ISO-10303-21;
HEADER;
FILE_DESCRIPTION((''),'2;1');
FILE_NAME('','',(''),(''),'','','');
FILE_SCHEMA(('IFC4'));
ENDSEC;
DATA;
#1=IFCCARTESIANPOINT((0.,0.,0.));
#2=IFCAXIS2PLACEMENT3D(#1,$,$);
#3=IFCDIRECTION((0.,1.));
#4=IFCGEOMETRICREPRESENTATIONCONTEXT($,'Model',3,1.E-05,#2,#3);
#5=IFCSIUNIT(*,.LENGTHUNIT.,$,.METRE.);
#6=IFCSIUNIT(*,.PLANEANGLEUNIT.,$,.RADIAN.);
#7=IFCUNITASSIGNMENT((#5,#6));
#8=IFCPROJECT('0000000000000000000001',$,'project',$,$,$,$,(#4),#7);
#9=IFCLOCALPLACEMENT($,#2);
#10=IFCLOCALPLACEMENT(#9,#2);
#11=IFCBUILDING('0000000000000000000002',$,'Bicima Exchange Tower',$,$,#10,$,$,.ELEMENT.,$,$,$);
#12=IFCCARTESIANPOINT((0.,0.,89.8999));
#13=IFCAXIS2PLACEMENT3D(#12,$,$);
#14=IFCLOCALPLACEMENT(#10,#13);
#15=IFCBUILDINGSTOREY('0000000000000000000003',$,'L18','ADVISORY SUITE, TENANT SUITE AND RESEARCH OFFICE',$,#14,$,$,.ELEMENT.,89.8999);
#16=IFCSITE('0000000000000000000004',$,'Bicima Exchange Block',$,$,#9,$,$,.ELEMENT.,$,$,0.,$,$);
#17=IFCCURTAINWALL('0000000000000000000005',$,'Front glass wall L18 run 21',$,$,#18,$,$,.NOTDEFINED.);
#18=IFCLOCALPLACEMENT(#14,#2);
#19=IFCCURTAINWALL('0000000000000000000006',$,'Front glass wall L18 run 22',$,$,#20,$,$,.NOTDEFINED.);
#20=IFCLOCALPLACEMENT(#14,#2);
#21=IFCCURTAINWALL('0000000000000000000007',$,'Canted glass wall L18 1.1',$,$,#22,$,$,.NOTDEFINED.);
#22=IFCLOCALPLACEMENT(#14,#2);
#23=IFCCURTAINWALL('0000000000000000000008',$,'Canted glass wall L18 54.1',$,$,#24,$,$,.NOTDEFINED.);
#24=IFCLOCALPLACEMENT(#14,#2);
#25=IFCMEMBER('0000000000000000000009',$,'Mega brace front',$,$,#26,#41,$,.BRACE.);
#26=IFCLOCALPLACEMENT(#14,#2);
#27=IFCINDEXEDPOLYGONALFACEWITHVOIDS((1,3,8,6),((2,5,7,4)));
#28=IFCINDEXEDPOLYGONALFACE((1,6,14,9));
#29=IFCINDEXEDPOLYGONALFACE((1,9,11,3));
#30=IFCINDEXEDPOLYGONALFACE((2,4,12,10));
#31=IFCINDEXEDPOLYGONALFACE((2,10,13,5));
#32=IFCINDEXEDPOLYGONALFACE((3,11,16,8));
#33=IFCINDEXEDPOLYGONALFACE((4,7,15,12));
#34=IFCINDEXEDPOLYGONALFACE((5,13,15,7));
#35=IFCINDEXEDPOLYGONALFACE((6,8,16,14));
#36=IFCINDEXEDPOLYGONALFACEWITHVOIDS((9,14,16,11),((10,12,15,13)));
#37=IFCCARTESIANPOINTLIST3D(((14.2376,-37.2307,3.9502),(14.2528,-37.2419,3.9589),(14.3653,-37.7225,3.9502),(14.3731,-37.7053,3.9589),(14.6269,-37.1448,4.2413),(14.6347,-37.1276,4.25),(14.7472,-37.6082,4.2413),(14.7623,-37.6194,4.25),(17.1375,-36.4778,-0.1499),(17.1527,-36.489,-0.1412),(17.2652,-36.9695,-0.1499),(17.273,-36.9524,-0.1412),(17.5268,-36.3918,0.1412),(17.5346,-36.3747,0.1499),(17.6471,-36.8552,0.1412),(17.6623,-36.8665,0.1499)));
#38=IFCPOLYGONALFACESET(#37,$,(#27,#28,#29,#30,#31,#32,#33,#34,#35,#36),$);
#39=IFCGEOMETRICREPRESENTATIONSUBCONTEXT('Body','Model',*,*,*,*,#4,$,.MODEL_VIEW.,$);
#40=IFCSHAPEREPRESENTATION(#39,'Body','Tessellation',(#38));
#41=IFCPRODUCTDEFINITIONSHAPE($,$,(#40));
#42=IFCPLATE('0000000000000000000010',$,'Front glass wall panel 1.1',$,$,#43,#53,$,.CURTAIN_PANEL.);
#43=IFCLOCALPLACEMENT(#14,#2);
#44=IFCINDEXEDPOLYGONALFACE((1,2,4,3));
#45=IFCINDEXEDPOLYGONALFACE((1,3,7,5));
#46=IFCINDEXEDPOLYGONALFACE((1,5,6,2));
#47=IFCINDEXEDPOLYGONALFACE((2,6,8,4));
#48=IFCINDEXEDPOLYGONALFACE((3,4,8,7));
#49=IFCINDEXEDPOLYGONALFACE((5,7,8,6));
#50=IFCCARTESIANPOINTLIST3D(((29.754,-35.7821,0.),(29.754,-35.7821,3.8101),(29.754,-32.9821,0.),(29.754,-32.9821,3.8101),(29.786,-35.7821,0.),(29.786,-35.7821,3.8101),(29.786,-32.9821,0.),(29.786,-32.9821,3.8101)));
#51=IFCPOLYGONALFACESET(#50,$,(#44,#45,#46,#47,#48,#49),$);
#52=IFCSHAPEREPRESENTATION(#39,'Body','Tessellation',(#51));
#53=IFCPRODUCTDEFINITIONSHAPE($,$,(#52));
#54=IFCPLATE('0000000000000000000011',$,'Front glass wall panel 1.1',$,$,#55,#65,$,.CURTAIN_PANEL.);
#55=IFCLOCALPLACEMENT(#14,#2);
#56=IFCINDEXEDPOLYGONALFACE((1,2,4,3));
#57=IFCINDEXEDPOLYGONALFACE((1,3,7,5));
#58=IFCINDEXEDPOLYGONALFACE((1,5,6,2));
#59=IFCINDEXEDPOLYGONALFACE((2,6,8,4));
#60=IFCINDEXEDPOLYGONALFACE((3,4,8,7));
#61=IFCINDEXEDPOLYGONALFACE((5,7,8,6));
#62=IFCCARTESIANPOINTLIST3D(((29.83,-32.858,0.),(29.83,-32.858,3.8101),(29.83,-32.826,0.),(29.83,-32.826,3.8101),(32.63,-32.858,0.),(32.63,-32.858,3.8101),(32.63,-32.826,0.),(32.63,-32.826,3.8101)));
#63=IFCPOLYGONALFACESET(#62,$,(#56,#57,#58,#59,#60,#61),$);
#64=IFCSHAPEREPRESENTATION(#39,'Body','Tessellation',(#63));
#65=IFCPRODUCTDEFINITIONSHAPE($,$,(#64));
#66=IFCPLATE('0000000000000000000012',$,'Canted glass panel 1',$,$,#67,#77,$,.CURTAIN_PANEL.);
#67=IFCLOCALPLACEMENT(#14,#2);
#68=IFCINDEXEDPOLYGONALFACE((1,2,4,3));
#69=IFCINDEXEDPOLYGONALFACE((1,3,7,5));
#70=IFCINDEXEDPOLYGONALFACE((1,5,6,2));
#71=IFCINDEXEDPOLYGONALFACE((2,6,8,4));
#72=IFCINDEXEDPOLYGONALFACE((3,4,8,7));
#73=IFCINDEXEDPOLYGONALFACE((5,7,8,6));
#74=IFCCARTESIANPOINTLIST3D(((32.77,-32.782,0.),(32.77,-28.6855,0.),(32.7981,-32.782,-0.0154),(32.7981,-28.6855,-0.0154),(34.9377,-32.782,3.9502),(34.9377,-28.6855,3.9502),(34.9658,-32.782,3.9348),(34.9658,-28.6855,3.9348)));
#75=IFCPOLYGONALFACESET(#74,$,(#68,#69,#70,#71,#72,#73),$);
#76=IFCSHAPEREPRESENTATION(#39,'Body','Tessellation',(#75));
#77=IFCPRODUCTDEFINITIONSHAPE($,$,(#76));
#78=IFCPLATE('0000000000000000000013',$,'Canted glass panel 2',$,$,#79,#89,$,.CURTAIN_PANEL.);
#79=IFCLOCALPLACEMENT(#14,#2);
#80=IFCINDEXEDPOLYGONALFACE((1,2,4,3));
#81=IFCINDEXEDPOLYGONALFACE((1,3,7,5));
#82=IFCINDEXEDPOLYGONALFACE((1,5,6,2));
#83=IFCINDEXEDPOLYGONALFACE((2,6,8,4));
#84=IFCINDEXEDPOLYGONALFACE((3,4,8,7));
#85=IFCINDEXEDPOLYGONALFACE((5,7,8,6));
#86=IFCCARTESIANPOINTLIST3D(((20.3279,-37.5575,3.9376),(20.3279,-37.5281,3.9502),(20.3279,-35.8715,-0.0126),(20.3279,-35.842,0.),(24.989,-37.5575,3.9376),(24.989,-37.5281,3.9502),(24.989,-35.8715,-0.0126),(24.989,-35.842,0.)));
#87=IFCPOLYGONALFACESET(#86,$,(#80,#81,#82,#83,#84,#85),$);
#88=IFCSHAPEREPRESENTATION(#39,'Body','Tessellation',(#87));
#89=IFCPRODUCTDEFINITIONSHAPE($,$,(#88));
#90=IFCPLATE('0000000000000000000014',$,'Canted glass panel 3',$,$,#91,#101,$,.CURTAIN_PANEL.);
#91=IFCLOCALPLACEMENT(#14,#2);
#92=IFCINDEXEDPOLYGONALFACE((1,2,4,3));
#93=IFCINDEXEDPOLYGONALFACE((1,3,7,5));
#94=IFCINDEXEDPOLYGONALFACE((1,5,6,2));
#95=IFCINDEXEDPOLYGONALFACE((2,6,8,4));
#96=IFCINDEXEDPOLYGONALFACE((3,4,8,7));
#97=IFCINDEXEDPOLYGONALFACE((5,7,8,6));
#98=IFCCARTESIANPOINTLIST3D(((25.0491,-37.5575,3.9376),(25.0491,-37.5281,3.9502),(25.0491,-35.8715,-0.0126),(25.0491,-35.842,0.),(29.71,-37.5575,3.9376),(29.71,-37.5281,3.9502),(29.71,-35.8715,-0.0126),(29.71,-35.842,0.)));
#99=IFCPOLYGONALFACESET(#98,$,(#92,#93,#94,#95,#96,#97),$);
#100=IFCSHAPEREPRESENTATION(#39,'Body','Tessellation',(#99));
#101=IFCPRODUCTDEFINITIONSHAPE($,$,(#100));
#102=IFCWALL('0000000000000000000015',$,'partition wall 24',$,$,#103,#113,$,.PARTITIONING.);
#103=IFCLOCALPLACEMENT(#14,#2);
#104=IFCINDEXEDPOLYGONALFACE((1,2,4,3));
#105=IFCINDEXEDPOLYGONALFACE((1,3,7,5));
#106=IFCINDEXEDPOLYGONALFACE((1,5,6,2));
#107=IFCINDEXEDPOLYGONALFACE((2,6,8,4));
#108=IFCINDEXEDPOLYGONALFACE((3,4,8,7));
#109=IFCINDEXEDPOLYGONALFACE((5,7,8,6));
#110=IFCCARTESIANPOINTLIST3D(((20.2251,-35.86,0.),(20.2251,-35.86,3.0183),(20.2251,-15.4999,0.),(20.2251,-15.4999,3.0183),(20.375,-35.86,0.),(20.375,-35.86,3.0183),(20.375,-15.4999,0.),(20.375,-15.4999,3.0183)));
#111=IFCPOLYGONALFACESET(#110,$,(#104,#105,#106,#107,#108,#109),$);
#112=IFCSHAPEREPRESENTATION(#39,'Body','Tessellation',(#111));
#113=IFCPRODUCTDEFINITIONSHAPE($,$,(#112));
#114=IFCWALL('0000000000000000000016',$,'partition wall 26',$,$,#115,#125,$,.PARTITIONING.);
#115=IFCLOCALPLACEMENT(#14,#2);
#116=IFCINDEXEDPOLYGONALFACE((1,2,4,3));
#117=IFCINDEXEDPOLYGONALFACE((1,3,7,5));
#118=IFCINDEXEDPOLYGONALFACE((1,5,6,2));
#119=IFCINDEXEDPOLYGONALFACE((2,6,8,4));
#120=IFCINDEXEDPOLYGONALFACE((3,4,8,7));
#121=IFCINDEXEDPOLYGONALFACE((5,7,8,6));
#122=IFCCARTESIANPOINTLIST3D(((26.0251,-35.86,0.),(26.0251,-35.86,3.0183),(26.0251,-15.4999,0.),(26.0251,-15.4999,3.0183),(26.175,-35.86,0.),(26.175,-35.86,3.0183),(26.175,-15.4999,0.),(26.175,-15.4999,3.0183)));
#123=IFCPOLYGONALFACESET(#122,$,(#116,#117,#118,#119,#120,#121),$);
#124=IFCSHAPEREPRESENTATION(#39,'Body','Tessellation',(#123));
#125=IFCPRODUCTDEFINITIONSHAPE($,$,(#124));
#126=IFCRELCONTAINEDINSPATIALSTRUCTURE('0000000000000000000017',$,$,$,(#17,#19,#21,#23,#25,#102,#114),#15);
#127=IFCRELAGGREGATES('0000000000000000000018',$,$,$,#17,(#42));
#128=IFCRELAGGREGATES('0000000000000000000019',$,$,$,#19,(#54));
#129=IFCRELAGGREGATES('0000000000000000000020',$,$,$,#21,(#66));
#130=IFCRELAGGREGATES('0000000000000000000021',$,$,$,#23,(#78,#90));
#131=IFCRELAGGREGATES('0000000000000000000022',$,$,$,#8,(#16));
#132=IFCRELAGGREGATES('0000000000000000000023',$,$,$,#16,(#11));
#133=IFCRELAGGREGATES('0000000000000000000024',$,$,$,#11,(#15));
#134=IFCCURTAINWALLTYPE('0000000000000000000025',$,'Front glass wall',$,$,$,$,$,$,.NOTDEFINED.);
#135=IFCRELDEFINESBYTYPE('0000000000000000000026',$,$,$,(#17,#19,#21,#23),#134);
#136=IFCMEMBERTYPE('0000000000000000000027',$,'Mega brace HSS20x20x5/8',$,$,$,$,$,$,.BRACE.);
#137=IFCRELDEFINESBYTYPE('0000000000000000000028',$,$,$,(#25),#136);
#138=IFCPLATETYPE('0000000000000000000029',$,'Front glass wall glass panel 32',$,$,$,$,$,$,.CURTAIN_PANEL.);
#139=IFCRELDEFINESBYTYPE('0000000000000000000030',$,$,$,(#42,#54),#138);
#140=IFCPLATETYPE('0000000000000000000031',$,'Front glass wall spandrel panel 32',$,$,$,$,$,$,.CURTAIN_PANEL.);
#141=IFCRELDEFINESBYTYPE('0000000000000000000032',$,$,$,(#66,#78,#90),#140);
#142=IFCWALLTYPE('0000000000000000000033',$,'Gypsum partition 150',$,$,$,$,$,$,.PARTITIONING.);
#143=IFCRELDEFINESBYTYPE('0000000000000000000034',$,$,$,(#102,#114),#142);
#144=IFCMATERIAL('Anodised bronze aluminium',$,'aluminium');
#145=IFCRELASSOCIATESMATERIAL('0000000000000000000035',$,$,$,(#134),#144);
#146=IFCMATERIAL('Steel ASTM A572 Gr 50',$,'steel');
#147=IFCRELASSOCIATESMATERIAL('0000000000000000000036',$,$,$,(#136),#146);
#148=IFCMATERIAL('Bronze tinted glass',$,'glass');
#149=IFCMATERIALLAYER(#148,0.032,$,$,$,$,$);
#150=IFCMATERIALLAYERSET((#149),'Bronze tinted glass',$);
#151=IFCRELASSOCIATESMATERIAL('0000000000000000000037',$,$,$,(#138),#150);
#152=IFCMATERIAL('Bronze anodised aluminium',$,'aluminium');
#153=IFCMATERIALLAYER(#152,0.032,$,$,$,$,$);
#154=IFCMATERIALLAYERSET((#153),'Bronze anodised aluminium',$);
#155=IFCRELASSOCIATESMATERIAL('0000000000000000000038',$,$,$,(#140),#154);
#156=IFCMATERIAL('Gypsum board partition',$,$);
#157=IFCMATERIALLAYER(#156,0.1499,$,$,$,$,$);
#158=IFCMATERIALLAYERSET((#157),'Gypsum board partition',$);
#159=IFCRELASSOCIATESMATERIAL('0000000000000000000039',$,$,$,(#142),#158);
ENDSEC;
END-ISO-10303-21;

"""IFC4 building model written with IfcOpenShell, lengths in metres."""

from ifc_helpers import new_model, si_unit, direction, frame, frame_2d, origin, origin_2d, place, context, subcontext, project, spatial, polyline, rectangle, hollow_rectangle, outline, extrude, material, layer, layer_set, material_profile, profile_set, type_object, element, aggregate, save


model = new_model("IFC4")

# Units and contexts
model_context = context("Model", 3, precision=1e-05, world=origin(), true_north=direction((0.0, 1.0)))
body_context = subcontext(model_context, "Body", "Model", "MODEL_VIEW")
ifc_project = project(units=[si_unit("LENGTHUNIT", "METRE"), si_unit("PLANEANGLEUNIT", "RADIAN")], contexts=[model_context])

# Site, building, storey
site_placement = place(None, origin())
site = spatial("IfcSite", under=ifc_project, at=site_placement, Name="Bicima Exchange Block", CompositionType="ELEMENT", RefElevation=0.0)
building_placement = place(site_placement, origin())
building = spatial("IfcBuilding", under=site, at=building_placement, Name="Bicima Exchange Tower", CompositionType="ELEMENT")
storey_placement = place(building_placement, frame((0.0, 0.0, 89.8999)))
storey = spatial("IfcBuildingStorey", under=building, at=storey_placement, Name="L18", Description="ADVISORY SUITE, TENANT SUITE AND RESEARCH OFFICE", CompositionType="ELEMENT", Elevation=89.8999)

# Shared definitions
ifc_material_1 = material(Name="Steel ASTM A572 Gr 50", Category="steel")

# Curtain walls
ifc_material_2 = material(Name="Anodised bronze aluminium", Category="aluminium")
curtain_wall_type = type_object("IfcCurtainWallType", Name="Front glass wall", PredefinedType="NOTDEFINED", material=ifc_material_2)
curtain_wall_1_placement = place(storey_placement, origin())
curtain_wall_1 = element("IfcCurtainWall", 1, at=curtain_wall_1_placement, inside=storey, type_object=curtain_wall_type, Name="Front glass wall L18 run 21", PredefinedType="NOTDEFINED")
curtain_wall_2_placement = place(storey_placement, origin())
curtain_wall_2 = element("IfcCurtainWall", 2, at=curtain_wall_2_placement, inside=storey, type_object=curtain_wall_type, Name="Front glass wall L18 run 22", PredefinedType="NOTDEFINED")

# Curtain wall
curtain_wall_3_placement = place(storey_placement, origin())
curtain_wall_3 = element("IfcCurtainWall", 3, at=curtain_wall_3_placement, inside=storey, type_object=curtain_wall_type, Name="Canted glass wall L18 1.1", PredefinedType="NOTDEFINED")

# Curtain wall
curtain_wall_4_placement = place(storey_placement, origin())
curtain_wall_4 = element("IfcCurtainWall", 4, at=curtain_wall_4_placement, inside=storey, type_object=curtain_wall_type, Name="Canted glass wall L18 54.1", PredefinedType="NOTDEFINED")

# Member
ifc_material_profile_1 = material_profile(ifc_material_1, hollow_rectangle(XDim=0.5081, YDim=0.5081, WallThickness=0.0146, at=origin_2d()))
ifc_profile_set_1 = profile_set([ifc_material_profile_1], Name="Steel ASTM A572 Gr 50")
member_type_1 = type_object("IfcMemberType", Name="Mega brace HSS20x20x5/8", PredefinedType="BRACE", material=ifc_profile_set_1)
member_1_placement = place(storey_placement, frame((17.3999, -36.6721, 0.0), z_axis=(-0.57106, -0.14827, 0.807407), x_axis=(0.251307, -0.967907, 0.0)))
element("IfcMember", 5, at=member_1_placement, inside=storey, type_object=member_type_1, Name="Mega brace front", PredefinedType="BRACE", context=body_context, shape_type="SweptSolid", body=[
    extrude(hollow_rectangle(XDim=0.5081, YDim=0.5081, WallThickness=0.0146, at=origin_2d()), origin(), (0.0, 0.0, 1.0), 5.0781),
])

# Plates
ifc_material_3 = material(Name="Bronze tinted glass", Category="glass")
ifc_layer_1 = layer(ifc_material_3, 0.032)
ifc_layer_set_1 = layer_set([ifc_layer_1], Name="Bronze tinted glass")
plate_type_1 = type_object("IfcPlateType", Name="Front glass wall glass panel 32", PredefinedType="CURTAIN_PANEL", material=ifc_layer_set_1)
plate_1_placement = place(storey_placement, frame((29.77, -34.3821, 0.0), z_axis=(0.0, 0.0, 1.0), x_axis=(0.0, 1.0, 0.0)))
plate_1 = element("IfcPlate", 6, at=plate_1_placement, type_object=plate_type_1, Name="Front glass wall panel 1.1", PredefinedType="CURTAIN_PANEL", context=body_context, shape_type="SweptSolid", body=[
    extrude(rectangle(XDim=2.8, YDim=0.032, at=origin_2d()), origin(), (0.0, 0.0, 1.0), 3.8101),
])
aggregate(curtain_wall_1, [plate_1])
plate_2_placement = place(storey_placement, frame((31.23, -32.842, 0.0), z_axis=(0.0, 0.0, 1.0), x_axis=(1.0, 0.0, 0.0)))
plate_2 = element("IfcPlate", 7, at=plate_2_placement, type_object=plate_type_1, Name="Front glass wall panel 1.1", PredefinedType="CURTAIN_PANEL", context=body_context, shape_type="SweptSolid", body=[
    extrude(rectangle(XDim=2.8, YDim=0.032, at=origin_2d()), origin(), (0.0, 0.0, 1.0), 3.8101),
])
aggregate(curtain_wall_2, [plate_2])
ifc_material_4 = material(Name="Bronze anodised aluminium", Category="aluminium")
ifc_layer_2 = layer(ifc_material_4, 0.032)
ifc_layer_set_2 = layer_set([ifc_layer_2], Name="Bronze anodised aluminium")
plate_type_2 = type_object("IfcPlateType", Name="Front glass wall spandrel panel 32", PredefinedType="CURTAIN_PANEL", material=ifc_layer_set_2)
plate_3_placement = place(storey_placement, frame((32.77, -32.782, 0.0), z_axis=(-0.876673, 0.0, 0.481087), x_axis=(0.0, 1.0, 0.0)))
plate_3 = element("IfcPlate", 8, at=plate_3_placement, type_object=plate_type_2, Name="Canted glass panel 1", PredefinedType="CURTAIN_PANEL", context=body_context, shape_type="SweptSolid", body=[
    extrude(outline(polyline([(0.0, 0.0), (4.0964, 0.0), (4.0964, -4.5059), (0.0, -4.5059), (0.0, 0.0)])), origin(), (0.0, 0.0, -1.0), 0.032),
])
aggregate(curtain_wall_3, [plate_3])
plate_4_placement = place(storey_placement, frame((20.3279, -35.842, 0.0), z_axis=(0.0, 0.919726, 0.392561), x_axis=(1.0, 0.0, 0.0)))
plate_4 = element("IfcPlate", 9, at=plate_4_placement, type_object=plate_type_2, Name="Canted glass panel 2", PredefinedType="CURTAIN_PANEL", context=body_context, shape_type="SweptSolid", body=[
    extrude(outline(polyline([(0.0, 0.0), (4.6611, 0.0), (4.6611, -4.295), (0.0, -4.295), (0.0, 0.0)])), origin(), (0.0, 0.0, -1.0), 0.032),
])
plate_5_placement = place(storey_placement, frame((25.0491, -35.842, 0.0), z_axis=(0.0, 0.919726, 0.392561), x_axis=(1.0, 0.0, 0.0)))
plate_5 = element("IfcPlate", 10, at=plate_5_placement, type_object=plate_type_2, Name="Canted glass panel 3", PredefinedType="CURTAIN_PANEL", context=body_context, shape_type="SweptSolid", body=[
    extrude(outline(polyline([(0.0, 0.0), (4.6609, 0.0), (4.6609, -4.295), (0.0, -4.295), (0.0, 0.0)])), origin(), (0.0, 0.0, -1.0), 0.032),
])
aggregate(curtain_wall_4, [plate_4, plate_5])

# Walls
ifc_material_5 = material(Name="Gypsum board partition")
ifc_layer_3 = layer(ifc_material_5, 0.1499)
ifc_layer_set_3 = layer_set([ifc_layer_3], Name="Gypsum board partition")
wall_type = type_object("IfcWallType", Name="Gypsum partition 150", PredefinedType="PARTITIONING", material=ifc_layer_set_3)
for number, where, z_axis, x_axis, name in (
    (11, (20.3, -35.8601, 0.0), (0.0, 0.0, 1.0), (0.0, 1.0, 0.0), "partition wall 24"),
    (12, (26.1001, -35.8601, 0.0), (0.0, 0.0, 1.0), (0.0, 1.0, 0.0), "partition wall 26"),
):
    element("IfcWall", number, at=place(storey_placement, frame(where, z_axis=z_axis, x_axis=x_axis)), inside=storey, type_object=wall_type, Name=name, PredefinedType="PARTITIONING", context=body_context, shape_type="SweptSolid", body=[
        extrude(rectangle(XDim=20.3601, YDim=0.1499, at=frame_2d((10.1802, 0.0))), origin(), (0.0, 0.0, 1.0), 3.0183),
    ])

save(model, "model.ifc")
